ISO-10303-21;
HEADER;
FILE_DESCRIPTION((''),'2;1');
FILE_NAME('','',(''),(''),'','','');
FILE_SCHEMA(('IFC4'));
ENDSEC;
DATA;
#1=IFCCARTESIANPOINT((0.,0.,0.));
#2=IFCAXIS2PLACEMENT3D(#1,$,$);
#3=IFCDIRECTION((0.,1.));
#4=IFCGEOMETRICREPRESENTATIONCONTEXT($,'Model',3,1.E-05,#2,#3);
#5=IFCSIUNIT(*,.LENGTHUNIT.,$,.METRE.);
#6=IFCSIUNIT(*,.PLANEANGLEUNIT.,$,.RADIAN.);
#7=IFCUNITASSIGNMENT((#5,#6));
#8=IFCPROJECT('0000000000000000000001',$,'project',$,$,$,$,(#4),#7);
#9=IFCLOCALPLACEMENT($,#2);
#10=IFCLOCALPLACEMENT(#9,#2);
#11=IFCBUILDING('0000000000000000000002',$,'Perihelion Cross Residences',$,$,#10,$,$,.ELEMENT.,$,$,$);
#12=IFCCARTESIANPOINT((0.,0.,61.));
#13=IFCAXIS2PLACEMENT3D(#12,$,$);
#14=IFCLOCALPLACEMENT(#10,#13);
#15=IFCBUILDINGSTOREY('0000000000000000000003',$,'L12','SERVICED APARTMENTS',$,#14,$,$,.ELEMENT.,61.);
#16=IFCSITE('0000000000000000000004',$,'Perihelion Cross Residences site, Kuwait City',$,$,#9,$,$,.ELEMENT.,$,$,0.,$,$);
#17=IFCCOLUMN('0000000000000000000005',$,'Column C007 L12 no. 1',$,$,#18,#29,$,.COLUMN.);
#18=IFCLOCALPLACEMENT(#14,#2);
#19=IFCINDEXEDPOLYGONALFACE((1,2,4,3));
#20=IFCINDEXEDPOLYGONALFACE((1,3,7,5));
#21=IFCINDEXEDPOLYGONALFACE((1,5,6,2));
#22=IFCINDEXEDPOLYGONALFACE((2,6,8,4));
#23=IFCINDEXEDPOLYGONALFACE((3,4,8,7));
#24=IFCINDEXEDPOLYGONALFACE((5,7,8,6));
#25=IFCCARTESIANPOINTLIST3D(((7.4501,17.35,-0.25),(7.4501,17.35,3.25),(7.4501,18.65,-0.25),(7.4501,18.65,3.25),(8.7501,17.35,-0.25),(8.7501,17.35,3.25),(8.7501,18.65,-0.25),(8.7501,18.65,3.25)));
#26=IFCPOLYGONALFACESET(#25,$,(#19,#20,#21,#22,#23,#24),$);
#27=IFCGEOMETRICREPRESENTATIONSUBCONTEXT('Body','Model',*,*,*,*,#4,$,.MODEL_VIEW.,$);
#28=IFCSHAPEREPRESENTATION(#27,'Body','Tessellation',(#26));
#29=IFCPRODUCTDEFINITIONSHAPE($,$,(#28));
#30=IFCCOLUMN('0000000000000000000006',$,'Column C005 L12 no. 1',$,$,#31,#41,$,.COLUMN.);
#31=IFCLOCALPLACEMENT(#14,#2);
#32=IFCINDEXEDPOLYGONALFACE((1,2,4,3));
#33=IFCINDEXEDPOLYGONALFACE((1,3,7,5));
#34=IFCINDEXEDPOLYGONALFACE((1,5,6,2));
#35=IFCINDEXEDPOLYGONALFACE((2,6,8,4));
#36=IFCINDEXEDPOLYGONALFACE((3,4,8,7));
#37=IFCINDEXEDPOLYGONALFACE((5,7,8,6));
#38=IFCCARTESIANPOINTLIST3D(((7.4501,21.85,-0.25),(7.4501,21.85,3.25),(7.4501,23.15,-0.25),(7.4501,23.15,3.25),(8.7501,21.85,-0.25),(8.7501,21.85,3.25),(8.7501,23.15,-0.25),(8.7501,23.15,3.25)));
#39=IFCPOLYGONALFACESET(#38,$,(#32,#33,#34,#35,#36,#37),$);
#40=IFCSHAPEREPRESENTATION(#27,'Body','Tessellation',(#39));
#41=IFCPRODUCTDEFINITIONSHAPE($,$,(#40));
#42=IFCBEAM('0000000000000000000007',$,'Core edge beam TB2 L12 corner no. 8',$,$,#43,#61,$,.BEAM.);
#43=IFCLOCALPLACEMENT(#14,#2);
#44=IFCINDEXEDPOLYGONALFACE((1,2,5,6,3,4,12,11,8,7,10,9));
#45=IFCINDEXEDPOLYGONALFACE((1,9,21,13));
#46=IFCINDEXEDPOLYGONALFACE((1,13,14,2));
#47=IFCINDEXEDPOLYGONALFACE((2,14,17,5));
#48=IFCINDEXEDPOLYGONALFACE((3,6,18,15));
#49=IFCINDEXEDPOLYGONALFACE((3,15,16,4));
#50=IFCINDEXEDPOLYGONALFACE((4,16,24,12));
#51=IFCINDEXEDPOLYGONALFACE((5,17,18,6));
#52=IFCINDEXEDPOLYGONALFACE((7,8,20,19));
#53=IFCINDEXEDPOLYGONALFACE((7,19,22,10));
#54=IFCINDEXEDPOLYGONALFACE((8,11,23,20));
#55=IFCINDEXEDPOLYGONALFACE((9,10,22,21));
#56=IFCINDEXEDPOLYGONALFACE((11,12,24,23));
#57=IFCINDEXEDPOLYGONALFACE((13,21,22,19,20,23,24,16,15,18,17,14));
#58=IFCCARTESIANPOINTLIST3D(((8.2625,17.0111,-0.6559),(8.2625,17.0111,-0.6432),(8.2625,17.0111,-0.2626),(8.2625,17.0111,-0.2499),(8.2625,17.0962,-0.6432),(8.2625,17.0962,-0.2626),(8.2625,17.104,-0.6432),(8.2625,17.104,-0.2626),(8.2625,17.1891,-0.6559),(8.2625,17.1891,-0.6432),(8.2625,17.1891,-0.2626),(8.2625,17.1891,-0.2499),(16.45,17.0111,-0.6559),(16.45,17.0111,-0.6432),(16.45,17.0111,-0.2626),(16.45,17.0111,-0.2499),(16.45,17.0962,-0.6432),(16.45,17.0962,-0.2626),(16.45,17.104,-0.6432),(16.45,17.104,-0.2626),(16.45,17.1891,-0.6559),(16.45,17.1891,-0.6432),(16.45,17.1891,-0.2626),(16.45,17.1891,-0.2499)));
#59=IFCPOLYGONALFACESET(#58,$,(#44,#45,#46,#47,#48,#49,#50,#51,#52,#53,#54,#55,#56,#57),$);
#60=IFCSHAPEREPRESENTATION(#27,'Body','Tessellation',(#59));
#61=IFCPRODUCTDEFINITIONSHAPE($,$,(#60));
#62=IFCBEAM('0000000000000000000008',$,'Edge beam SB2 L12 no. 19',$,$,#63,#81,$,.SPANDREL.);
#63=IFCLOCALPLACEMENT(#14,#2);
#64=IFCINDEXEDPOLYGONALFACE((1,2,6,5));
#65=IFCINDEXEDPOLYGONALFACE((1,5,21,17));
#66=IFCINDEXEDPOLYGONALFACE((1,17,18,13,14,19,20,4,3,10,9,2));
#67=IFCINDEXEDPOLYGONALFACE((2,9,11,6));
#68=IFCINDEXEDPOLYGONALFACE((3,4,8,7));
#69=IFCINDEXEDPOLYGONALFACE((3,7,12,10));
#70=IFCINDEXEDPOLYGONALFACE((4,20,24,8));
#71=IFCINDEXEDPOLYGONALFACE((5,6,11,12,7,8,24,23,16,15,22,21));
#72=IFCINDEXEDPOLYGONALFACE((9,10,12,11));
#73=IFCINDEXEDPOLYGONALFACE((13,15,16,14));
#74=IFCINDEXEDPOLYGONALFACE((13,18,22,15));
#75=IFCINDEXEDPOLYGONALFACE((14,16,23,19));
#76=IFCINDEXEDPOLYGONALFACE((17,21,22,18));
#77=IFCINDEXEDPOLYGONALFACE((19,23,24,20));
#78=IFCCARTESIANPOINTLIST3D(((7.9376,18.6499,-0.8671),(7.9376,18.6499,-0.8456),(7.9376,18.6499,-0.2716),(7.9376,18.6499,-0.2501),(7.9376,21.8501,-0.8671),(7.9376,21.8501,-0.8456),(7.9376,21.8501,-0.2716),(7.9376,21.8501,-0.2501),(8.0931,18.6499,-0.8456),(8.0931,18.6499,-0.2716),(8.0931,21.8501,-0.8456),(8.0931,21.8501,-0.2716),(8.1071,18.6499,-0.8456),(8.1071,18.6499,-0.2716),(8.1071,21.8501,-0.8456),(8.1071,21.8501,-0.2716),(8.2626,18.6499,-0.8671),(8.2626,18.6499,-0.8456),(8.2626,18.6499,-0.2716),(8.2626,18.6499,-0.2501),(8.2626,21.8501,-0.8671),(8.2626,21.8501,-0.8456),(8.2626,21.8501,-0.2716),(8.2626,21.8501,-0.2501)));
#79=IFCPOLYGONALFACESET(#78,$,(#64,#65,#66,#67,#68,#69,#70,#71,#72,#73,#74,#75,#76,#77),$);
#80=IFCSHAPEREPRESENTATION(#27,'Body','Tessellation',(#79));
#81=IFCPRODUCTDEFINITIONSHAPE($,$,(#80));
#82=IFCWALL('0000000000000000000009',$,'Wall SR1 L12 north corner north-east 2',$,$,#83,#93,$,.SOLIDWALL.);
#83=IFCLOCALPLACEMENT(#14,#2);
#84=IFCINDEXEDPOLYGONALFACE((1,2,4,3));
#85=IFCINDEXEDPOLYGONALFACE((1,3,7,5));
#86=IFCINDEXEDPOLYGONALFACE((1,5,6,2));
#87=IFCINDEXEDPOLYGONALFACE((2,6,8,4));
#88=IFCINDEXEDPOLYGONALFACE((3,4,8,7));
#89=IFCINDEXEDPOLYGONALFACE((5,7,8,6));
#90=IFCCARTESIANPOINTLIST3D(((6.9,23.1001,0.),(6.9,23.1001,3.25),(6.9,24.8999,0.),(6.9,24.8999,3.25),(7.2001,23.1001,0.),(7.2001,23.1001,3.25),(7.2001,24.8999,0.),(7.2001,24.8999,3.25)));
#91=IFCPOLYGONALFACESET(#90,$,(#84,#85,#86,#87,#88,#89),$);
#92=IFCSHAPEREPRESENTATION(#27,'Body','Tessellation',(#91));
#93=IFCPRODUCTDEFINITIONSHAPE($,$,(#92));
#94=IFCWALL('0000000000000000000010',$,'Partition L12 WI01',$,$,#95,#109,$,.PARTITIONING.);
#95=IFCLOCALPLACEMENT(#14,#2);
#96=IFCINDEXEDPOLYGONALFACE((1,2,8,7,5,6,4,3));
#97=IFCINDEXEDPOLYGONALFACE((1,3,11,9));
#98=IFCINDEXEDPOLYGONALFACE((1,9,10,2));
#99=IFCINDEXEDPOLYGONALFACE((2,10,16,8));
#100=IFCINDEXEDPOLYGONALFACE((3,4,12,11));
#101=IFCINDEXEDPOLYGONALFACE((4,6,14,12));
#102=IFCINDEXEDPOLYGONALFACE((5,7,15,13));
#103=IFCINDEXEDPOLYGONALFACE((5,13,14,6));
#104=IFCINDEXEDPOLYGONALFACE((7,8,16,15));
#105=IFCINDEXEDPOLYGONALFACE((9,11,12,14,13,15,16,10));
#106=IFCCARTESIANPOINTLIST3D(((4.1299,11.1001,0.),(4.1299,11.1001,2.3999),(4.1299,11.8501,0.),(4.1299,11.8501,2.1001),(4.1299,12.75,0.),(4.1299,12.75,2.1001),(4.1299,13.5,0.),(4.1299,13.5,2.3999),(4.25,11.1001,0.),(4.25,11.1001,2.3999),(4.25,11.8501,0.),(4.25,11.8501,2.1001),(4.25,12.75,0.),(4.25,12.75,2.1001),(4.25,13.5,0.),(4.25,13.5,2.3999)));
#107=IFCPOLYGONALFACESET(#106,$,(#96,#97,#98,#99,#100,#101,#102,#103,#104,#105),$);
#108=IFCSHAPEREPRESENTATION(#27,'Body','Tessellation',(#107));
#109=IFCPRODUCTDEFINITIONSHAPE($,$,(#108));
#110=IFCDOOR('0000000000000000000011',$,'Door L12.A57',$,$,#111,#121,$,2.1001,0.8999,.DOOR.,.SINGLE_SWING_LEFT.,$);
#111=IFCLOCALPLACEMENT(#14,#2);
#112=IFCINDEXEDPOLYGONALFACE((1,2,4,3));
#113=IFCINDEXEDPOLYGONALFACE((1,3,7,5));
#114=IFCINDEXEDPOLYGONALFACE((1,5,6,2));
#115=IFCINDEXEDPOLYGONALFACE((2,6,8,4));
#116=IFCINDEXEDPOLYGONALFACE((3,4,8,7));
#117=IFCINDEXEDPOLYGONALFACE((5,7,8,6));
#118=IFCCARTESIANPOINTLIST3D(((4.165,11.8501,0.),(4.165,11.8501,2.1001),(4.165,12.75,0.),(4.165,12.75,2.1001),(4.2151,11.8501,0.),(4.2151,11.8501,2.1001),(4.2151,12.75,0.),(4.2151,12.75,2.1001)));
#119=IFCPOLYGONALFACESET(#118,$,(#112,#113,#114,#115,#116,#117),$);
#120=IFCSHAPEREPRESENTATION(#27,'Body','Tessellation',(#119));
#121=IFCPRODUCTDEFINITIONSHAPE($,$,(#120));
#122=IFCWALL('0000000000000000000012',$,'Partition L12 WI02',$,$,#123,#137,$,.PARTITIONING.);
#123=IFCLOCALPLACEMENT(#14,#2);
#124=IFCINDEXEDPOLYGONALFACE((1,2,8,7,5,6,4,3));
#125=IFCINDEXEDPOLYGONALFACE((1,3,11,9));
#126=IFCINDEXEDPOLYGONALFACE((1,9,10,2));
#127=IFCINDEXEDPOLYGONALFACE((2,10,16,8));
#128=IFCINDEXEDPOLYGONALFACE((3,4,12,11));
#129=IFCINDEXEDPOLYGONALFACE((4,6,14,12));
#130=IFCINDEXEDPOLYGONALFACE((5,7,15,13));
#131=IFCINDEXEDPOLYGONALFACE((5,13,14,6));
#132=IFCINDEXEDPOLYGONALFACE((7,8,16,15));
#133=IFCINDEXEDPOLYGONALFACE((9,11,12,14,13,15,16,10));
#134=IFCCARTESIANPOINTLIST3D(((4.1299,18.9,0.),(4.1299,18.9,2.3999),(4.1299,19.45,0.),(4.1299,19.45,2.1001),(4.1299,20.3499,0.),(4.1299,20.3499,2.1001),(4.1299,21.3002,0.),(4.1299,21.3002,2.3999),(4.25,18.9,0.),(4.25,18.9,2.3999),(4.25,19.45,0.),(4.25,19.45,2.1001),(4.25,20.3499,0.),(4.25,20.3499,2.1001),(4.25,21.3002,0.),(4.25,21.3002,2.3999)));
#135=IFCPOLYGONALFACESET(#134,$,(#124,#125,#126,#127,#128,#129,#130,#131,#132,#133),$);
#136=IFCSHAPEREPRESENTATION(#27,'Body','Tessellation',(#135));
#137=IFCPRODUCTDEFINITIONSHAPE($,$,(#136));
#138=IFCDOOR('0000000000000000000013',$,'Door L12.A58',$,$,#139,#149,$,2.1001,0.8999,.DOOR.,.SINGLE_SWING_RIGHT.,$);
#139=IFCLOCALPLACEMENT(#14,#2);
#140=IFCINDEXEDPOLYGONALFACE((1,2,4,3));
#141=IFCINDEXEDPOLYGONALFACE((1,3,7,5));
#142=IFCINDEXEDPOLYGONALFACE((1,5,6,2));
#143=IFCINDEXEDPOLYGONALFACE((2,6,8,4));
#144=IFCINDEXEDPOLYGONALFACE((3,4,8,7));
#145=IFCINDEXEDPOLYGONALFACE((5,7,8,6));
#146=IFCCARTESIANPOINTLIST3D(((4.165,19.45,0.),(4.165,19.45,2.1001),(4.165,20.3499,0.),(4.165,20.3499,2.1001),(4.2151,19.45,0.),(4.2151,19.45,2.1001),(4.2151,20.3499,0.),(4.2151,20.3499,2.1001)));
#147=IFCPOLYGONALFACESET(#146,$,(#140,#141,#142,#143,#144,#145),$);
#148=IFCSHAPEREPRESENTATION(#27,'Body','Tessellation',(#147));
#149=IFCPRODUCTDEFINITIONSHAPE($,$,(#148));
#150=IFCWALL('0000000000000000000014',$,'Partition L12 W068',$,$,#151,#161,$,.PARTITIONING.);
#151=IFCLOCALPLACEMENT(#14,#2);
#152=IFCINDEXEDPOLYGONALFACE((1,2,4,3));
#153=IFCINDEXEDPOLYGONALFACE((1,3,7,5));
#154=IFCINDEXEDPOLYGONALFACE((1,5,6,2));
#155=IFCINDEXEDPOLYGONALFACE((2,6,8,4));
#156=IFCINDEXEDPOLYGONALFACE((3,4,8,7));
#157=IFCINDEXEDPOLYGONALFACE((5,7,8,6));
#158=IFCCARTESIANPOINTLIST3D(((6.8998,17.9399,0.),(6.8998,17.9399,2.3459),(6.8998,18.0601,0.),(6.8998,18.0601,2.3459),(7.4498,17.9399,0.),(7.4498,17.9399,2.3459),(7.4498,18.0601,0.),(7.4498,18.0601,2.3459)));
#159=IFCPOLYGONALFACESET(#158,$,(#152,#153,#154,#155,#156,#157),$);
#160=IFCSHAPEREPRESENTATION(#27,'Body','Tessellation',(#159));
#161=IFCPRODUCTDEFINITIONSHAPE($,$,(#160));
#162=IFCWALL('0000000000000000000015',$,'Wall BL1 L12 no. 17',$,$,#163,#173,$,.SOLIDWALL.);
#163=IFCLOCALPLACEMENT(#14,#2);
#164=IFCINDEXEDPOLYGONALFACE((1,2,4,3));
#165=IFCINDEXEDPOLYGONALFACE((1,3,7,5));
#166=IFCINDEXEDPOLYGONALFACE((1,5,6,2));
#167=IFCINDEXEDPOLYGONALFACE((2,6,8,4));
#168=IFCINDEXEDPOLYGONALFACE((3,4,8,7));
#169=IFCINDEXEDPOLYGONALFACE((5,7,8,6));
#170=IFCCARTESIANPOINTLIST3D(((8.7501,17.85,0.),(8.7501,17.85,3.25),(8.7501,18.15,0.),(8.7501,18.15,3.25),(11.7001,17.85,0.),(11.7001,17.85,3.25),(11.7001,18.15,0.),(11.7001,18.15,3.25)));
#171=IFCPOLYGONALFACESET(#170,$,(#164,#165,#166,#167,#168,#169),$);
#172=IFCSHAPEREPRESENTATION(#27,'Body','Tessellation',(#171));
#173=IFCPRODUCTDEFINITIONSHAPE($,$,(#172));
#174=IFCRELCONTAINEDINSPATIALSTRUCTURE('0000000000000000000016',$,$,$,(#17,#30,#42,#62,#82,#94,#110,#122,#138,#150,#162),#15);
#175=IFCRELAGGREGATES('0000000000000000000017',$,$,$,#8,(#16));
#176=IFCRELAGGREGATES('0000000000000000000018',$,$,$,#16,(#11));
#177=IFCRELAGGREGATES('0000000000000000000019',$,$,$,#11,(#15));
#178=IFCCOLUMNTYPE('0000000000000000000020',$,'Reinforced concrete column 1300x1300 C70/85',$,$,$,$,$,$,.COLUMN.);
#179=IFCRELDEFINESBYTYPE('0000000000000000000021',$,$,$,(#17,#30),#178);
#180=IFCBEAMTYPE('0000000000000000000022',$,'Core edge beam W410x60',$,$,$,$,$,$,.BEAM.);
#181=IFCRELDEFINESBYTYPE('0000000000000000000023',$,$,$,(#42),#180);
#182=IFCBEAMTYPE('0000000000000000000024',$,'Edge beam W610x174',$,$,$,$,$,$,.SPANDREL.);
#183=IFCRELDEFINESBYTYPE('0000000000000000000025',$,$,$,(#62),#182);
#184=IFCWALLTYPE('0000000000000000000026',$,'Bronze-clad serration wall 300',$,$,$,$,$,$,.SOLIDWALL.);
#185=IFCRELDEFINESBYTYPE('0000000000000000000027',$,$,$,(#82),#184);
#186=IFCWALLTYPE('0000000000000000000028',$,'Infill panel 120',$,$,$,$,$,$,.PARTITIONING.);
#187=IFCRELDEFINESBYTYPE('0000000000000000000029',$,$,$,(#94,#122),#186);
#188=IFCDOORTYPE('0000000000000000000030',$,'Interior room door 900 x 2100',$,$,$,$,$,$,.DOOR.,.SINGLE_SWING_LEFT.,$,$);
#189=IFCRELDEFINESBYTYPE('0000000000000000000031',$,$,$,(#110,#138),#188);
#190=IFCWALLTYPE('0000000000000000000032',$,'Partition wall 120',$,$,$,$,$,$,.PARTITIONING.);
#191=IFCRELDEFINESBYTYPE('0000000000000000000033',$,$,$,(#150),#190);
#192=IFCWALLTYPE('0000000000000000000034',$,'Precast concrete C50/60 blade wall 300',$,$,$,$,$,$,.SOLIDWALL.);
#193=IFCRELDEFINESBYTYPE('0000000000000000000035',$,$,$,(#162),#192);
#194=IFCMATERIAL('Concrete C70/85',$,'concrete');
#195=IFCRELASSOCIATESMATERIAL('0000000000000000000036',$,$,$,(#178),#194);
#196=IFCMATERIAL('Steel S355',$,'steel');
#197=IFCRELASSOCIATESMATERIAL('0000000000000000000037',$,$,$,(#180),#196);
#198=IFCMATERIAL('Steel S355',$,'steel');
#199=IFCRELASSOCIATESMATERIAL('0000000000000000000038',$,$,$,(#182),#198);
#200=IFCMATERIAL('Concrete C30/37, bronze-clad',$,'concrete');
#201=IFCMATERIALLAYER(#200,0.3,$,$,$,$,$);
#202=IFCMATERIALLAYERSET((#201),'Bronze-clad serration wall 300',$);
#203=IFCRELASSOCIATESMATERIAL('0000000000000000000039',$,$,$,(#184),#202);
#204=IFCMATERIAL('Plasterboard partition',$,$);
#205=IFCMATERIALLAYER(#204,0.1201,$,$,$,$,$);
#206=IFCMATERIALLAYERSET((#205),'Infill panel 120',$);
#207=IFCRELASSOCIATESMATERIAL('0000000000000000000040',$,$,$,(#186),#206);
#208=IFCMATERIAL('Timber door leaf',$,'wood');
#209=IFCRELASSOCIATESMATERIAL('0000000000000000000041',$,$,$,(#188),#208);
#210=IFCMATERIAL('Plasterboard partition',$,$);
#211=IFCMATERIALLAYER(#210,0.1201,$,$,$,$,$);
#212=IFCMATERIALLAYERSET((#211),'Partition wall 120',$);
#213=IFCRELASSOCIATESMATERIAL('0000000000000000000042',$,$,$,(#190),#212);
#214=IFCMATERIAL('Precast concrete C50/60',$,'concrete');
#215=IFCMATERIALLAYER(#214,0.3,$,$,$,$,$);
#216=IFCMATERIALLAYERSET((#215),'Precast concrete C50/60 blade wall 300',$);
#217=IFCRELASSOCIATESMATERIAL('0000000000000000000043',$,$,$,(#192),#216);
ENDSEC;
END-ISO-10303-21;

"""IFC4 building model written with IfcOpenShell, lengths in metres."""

from ifc_helpers import new_model, si_unit, direction, frame, frame_2d, origin, origin_2d, place, context, subcontext, project, spatial, rectangle, i_section, extrude, material, layer, layer_set, material_profile, profile_set, type_object, element, fill, save


model = new_model("IFC4")

# Units and contexts
model_context = context("Model", 3, precision=1e-05, world=origin(), true_north=direction((0.0, 1.0)))
body_context = subcontext(model_context, "Body", "Model", "MODEL_VIEW")
ifc_project = project(units=[si_unit("LENGTHUNIT", "METRE"), si_unit("PLANEANGLEUNIT", "RADIAN")], contexts=[model_context])

# Site, building, storey
site_placement = place(None, origin())
site = spatial("IfcSite", under=ifc_project, at=site_placement, Name="Perihelion Cross Residences site, Kuwait City", CompositionType="ELEMENT", RefElevation=0.0)
building_placement = place(site_placement, origin())
building = spatial("IfcBuilding", under=site, at=building_placement, Name="Perihelion Cross Residences", CompositionType="ELEMENT")
storey_placement = place(building_placement, frame((0.0, 0.0, 61.0)))
storey = spatial("IfcBuildingStorey", under=building, at=storey_placement, Name="L12", Description="SERVICED APARTMENTS", CompositionType="ELEMENT", Elevation=61.0)

# Columns
ifc_material_1 = material(Name="Concrete C70/85", Category="concrete")
ifc_material_profile_1 = material_profile(ifc_material_1, rectangle(XDim=1.3, YDim=1.3, at=origin_2d()), Name="RC 1300x1300")
ifc_profile_set_1 = profile_set([ifc_material_profile_1], Name="Concrete C70/85")
column_type = type_object("IfcColumnType", Name="Reinforced concrete column 1300x1300 C70/85", PredefinedType="COLUMN", material=ifc_profile_set_1)
for number, where, z_axis, x_axis, name in (
    (1, (8.1001, 18.0, -0.25), (0.0, 0.0, 1.0), (1.0, 0.0, 0.0), "Column C007 L12 no. 1"),
    (2, (8.1001, 22.5, -0.25), (0.0, 0.0, 1.0), (1.0, 0.0, 0.0), "Column C005 L12 no. 1"),
):
    element("IfcColumn", number, at=place(storey_placement, frame(where, z_axis=z_axis, x_axis=x_axis)), inside=storey, type_object=column_type, Name=name, PredefinedType="COLUMN", context=body_context, shape_type="SweptSolid", body=[
        extrude(rectangle(XDim=1.3, YDim=1.3, at=origin_2d()), origin(), (0.0, 0.0, 1.0), 3.5),
    ])

# Beams
ifc_material_2 = material(Name="Steel S355", Category="steel")
ifc_material_profile_2 = material_profile(ifc_material_2, i_section(OverallWidth=0.178, OverallDepth=0.406, WebThickness=0.0078, FlangeThickness=0.0127, at=origin_2d()), Name="W410x60")
ifc_profile_set_2 = profile_set([ifc_material_profile_2], Name="Steel S355")
beam_type_1 = type_object("IfcBeamType", Name="Core edge beam W410x60", PredefinedType="BEAM", material=ifc_profile_set_2)
beam_1_placement = place(storey_placement, frame((8.2625, 17.1001, -0.4529), z_axis=(1.0, 0.0, 0.0), x_axis=(0.0, 1.0, 0.0)))
element("IfcBeam", 3, at=beam_1_placement, inside=storey, type_object=beam_type_1, Name="Core edge beam TB2 L12 corner no. 8", PredefinedType="BEAM", context=body_context, shape_type="SweptSolid", body=[
    extrude(i_section(OverallWidth=0.178, OverallDepth=0.406, WebThickness=0.0078, FlangeThickness=0.0127, at=origin_2d()), origin(), (0.0, 0.0, 1.0), 8.1875),
])
ifc_material_3 = material(Name="Steel S355", Category="steel")
ifc_material_profile_3 = material_profile(ifc_material_3, i_section(OverallWidth=0.325, OverallDepth=0.6169, WebThickness=0.0139, FlangeThickness=0.0215, at=origin_2d()), Name="W610x174")
ifc_profile_set_3 = profile_set([ifc_material_profile_3], Name="Steel S355")
beam_type_2 = type_object("IfcBeamType", Name="Edge beam W610x174", PredefinedType="SPANDREL", material=ifc_profile_set_3)
beam_2_placement = place(storey_placement, frame((8.1001, 18.6499, -0.5586), z_axis=(0.0, 1.0, 0.0), x_axis=(-1.0, 0.0, 0.0)))
element("IfcBeam", 4, at=beam_2_placement, inside=storey, type_object=beam_type_2, Name="Edge beam SB2 L12 no. 19", PredefinedType="SPANDREL", context=body_context, shape_type="SweptSolid", body=[
    extrude(i_section(OverallWidth=0.325, OverallDepth=0.6169, WebThickness=0.0139, FlangeThickness=0.0215, at=origin_2d()), origin(), (0.0, 0.0, 1.0), 3.2002),
])

# Wall
ifc_material_4 = material(Name="Concrete C30/37, bronze-clad", Category="concrete")
ifc_layer_1 = layer(ifc_material_4, 0.3)
ifc_layer_set_1 = layer_set([ifc_layer_1], Name="Bronze-clad serration wall 300")
wall_type_1 = type_object("IfcWallType", Name="Bronze-clad serration wall 300", PredefinedType="SOLIDWALL", material=ifc_layer_set_1)
wall_1_placement = place(storey_placement, frame((7.05, 23.1001, 0.0), z_axis=(0.0, 0.0, 1.0), x_axis=(0.0, 1.0, 0.0)))
element("IfcWall", 5, at=wall_1_placement, inside=storey, type_object=wall_type_1, Name="Wall SR1 L12 north corner north-east 2", PredefinedType="SOLIDWALL", context=body_context, shape_type="SweptSolid", body=[
    extrude(rectangle(XDim=1.7998, YDim=0.3, at=frame_2d((0.8999, 0.0))), origin(), (0.0, 0.0, 1.0), 3.25),
])

# Walls, openings, doors
ifc_material_5 = material(Name="Plasterboard partition")
ifc_layer_2 = layer(ifc_material_5, 0.1201)
ifc_layer_set_2 = layer_set([ifc_layer_2], Name="Infill panel 120")
wall_type_2 = type_object("IfcWallType", Name="Infill panel 120", PredefinedType="PARTITIONING", material=ifc_layer_set_2)
wall_2_placement = place(storey_placement, frame((4.1899, 11.1001, 0.0), z_axis=(0.0, 0.0, 1.0), x_axis=(0.0, 1.0, 0.0)))
wall_2 = element("IfcWall", 6, at=wall_2_placement, inside=storey, type_object=wall_type_2, Name="Partition L12 WI01", PredefinedType="PARTITIONING", context=body_context, shape_type="SweptSolid", body=[
    extrude(rectangle(XDim=2.3999, YDim=0.1201, at=frame_2d((1.2, 0.0))), origin(), (0.0, 0.0, 1.0), 2.3999),
])
opening_1_placement = place(wall_2_placement, frame((0.75, 0.0, 0.0)))
opening_1 = element("IfcOpeningElement", 7, at=opening_1_placement, cuts=wall_2, PredefinedType="OPENING", context=body_context, shape_type="SweptSolid", body=[
    extrude(rectangle(XDim=0.8999, YDim=2.1001, at=frame_2d((0.45, 1.05))), frame((0.0, 0.0701, 0.0), z_axis=(0.0, -1.0, 0.0), x_axis=(1.0, 0.0, 0.0)), (0.0, 0.0, 1.0), 0.1401),
])
ifc_material_6 = material(Name="Timber door leaf", Category="wood")
door_type_1 = type_object("IfcDoorType", Name="Interior room door 900 x 2100", OperationType="SINGLE_SWING_LEFT", PredefinedType="DOOR", material=ifc_material_6)
door_1_placement = place(opening_1_placement, origin())
door_1 = element("IfcDoor", 8, at=door_1_placement, inside=storey, type_object=door_type_1, Name="Door L12.A57", OperationType="SINGLE_SWING_LEFT", OverallHeight=2.1001, OverallWidth=0.8999, PredefinedType="DOOR", context=body_context, shape_type="SweptSolid", body=[
    extrude(rectangle(XDim=0.8999, YDim=2.1001, at=frame_2d((0.45, 1.05))), frame((0.0, 0.0249, 0.0), z_axis=(0.0, -1.0, 0.0), x_axis=(1.0, 0.0, 0.0)), (0.0, 0.0, 1.0), 0.05),
])
fill(opening_1, door_1)
wall_3_placement = place(storey_placement, frame((4.1899, 18.8999, 0.0), z_axis=(0.0, 0.0, 1.0), x_axis=(0.0, 1.0, 0.0)))
wall_3 = element("IfcWall", 9, at=wall_3_placement, inside=storey, type_object=wall_type_2, Name="Partition L12 WI02", PredefinedType="PARTITIONING", context=body_context, shape_type="SweptSolid", body=[
    extrude(rectangle(XDim=2.4001, YDim=0.1201, at=frame_2d((1.2002, 0.0))), origin(), (0.0, 0.0, 1.0), 2.3999),
])
opening_2_placement = place(wall_3_placement, frame((0.55, 0.0, 0.0)))
opening_2 = element("IfcOpeningElement", 10, at=opening_2_placement, cuts=wall_3, PredefinedType="OPENING", context=body_context, shape_type="SweptSolid", body=[
    extrude(rectangle(XDim=0.8999, YDim=2.1001, at=frame_2d((0.45, 1.05))), frame((0.0, 0.0701, 0.0), z_axis=(0.0, -1.0, 0.0), x_axis=(1.0, 0.0, 0.0)), (0.0, 0.0, 1.0), 0.1401),
])
door_2_placement = place(opening_2_placement, origin())
door_2 = element("IfcDoor", 11, at=door_2_placement, inside=storey, type_object=door_type_1, Name="Door L12.A58", OperationType="SINGLE_SWING_RIGHT", OverallHeight=2.1001, OverallWidth=0.8999, PredefinedType="DOOR", context=body_context, shape_type="SweptSolid", body=[
    extrude(rectangle(XDim=0.8999, YDim=2.1001, at=frame_2d((0.45, 1.05))), frame((0.0, 0.0249, 0.0), z_axis=(0.0, -1.0, 0.0), x_axis=(1.0, 0.0, 0.0)), (0.0, 0.0, 1.0), 0.05),
])
fill(opening_2, door_2)

# Walls
ifc_material_7 = material(Name="Plasterboard partition")
ifc_layer_3 = layer(ifc_material_7, 0.1201)
ifc_layer_set_3 = layer_set([ifc_layer_3], Name="Partition wall 120")
wall_type_3 = type_object("IfcWallType", Name="Partition wall 120", PredefinedType="PARTITIONING", material=ifc_layer_set_3)
wall_4_placement = place(storey_placement, frame((6.8999, 18.0, 0.0), z_axis=(0.0, 0.0, 1.0), x_axis=(1.0, 0.0, 0.0)))
element("IfcWall", 12, at=wall_4_placement, inside=storey, type_object=wall_type_3, Name="Partition L12 W068", PredefinedType="PARTITIONING", context=body_context, shape_type="SweptSolid", body=[
    extrude(rectangle(XDim=0.55, YDim=0.1201, at=frame_2d((0.2749, 0.0))), origin(), (0.0, 0.0, 1.0), 2.3459),
])
ifc_material_8 = material(Name="Precast concrete C50/60", Category="concrete")
ifc_layer_4 = layer(ifc_material_8, 0.3)
ifc_layer_set_4 = layer_set([ifc_layer_4], Name="Precast concrete C50/60 blade wall 300")
wall_type_4 = type_object("IfcWallType", Name="Precast concrete C50/60 blade wall 300", PredefinedType="SOLIDWALL", material=ifc_layer_set_4)
wall_5_placement = place(storey_placement, frame((8.75, 18.0, 0.0), z_axis=(0.0, 0.0, 1.0), x_axis=(1.0, 0.0, 0.0)))
element("IfcWall", 13, at=wall_5_placement, inside=storey, type_object=wall_type_4, Name="Wall BL1 L12 no. 17", PredefinedType="SOLIDWALL", context=body_context, shape_type="SweptSolid", body=[
    extrude(rectangle(XDim=2.95, YDim=0.3, at=frame_2d((1.4751, 0.0))), origin(), (0.0, 0.0, 1.0), 3.25),
])

save(model, "model.ifc")
